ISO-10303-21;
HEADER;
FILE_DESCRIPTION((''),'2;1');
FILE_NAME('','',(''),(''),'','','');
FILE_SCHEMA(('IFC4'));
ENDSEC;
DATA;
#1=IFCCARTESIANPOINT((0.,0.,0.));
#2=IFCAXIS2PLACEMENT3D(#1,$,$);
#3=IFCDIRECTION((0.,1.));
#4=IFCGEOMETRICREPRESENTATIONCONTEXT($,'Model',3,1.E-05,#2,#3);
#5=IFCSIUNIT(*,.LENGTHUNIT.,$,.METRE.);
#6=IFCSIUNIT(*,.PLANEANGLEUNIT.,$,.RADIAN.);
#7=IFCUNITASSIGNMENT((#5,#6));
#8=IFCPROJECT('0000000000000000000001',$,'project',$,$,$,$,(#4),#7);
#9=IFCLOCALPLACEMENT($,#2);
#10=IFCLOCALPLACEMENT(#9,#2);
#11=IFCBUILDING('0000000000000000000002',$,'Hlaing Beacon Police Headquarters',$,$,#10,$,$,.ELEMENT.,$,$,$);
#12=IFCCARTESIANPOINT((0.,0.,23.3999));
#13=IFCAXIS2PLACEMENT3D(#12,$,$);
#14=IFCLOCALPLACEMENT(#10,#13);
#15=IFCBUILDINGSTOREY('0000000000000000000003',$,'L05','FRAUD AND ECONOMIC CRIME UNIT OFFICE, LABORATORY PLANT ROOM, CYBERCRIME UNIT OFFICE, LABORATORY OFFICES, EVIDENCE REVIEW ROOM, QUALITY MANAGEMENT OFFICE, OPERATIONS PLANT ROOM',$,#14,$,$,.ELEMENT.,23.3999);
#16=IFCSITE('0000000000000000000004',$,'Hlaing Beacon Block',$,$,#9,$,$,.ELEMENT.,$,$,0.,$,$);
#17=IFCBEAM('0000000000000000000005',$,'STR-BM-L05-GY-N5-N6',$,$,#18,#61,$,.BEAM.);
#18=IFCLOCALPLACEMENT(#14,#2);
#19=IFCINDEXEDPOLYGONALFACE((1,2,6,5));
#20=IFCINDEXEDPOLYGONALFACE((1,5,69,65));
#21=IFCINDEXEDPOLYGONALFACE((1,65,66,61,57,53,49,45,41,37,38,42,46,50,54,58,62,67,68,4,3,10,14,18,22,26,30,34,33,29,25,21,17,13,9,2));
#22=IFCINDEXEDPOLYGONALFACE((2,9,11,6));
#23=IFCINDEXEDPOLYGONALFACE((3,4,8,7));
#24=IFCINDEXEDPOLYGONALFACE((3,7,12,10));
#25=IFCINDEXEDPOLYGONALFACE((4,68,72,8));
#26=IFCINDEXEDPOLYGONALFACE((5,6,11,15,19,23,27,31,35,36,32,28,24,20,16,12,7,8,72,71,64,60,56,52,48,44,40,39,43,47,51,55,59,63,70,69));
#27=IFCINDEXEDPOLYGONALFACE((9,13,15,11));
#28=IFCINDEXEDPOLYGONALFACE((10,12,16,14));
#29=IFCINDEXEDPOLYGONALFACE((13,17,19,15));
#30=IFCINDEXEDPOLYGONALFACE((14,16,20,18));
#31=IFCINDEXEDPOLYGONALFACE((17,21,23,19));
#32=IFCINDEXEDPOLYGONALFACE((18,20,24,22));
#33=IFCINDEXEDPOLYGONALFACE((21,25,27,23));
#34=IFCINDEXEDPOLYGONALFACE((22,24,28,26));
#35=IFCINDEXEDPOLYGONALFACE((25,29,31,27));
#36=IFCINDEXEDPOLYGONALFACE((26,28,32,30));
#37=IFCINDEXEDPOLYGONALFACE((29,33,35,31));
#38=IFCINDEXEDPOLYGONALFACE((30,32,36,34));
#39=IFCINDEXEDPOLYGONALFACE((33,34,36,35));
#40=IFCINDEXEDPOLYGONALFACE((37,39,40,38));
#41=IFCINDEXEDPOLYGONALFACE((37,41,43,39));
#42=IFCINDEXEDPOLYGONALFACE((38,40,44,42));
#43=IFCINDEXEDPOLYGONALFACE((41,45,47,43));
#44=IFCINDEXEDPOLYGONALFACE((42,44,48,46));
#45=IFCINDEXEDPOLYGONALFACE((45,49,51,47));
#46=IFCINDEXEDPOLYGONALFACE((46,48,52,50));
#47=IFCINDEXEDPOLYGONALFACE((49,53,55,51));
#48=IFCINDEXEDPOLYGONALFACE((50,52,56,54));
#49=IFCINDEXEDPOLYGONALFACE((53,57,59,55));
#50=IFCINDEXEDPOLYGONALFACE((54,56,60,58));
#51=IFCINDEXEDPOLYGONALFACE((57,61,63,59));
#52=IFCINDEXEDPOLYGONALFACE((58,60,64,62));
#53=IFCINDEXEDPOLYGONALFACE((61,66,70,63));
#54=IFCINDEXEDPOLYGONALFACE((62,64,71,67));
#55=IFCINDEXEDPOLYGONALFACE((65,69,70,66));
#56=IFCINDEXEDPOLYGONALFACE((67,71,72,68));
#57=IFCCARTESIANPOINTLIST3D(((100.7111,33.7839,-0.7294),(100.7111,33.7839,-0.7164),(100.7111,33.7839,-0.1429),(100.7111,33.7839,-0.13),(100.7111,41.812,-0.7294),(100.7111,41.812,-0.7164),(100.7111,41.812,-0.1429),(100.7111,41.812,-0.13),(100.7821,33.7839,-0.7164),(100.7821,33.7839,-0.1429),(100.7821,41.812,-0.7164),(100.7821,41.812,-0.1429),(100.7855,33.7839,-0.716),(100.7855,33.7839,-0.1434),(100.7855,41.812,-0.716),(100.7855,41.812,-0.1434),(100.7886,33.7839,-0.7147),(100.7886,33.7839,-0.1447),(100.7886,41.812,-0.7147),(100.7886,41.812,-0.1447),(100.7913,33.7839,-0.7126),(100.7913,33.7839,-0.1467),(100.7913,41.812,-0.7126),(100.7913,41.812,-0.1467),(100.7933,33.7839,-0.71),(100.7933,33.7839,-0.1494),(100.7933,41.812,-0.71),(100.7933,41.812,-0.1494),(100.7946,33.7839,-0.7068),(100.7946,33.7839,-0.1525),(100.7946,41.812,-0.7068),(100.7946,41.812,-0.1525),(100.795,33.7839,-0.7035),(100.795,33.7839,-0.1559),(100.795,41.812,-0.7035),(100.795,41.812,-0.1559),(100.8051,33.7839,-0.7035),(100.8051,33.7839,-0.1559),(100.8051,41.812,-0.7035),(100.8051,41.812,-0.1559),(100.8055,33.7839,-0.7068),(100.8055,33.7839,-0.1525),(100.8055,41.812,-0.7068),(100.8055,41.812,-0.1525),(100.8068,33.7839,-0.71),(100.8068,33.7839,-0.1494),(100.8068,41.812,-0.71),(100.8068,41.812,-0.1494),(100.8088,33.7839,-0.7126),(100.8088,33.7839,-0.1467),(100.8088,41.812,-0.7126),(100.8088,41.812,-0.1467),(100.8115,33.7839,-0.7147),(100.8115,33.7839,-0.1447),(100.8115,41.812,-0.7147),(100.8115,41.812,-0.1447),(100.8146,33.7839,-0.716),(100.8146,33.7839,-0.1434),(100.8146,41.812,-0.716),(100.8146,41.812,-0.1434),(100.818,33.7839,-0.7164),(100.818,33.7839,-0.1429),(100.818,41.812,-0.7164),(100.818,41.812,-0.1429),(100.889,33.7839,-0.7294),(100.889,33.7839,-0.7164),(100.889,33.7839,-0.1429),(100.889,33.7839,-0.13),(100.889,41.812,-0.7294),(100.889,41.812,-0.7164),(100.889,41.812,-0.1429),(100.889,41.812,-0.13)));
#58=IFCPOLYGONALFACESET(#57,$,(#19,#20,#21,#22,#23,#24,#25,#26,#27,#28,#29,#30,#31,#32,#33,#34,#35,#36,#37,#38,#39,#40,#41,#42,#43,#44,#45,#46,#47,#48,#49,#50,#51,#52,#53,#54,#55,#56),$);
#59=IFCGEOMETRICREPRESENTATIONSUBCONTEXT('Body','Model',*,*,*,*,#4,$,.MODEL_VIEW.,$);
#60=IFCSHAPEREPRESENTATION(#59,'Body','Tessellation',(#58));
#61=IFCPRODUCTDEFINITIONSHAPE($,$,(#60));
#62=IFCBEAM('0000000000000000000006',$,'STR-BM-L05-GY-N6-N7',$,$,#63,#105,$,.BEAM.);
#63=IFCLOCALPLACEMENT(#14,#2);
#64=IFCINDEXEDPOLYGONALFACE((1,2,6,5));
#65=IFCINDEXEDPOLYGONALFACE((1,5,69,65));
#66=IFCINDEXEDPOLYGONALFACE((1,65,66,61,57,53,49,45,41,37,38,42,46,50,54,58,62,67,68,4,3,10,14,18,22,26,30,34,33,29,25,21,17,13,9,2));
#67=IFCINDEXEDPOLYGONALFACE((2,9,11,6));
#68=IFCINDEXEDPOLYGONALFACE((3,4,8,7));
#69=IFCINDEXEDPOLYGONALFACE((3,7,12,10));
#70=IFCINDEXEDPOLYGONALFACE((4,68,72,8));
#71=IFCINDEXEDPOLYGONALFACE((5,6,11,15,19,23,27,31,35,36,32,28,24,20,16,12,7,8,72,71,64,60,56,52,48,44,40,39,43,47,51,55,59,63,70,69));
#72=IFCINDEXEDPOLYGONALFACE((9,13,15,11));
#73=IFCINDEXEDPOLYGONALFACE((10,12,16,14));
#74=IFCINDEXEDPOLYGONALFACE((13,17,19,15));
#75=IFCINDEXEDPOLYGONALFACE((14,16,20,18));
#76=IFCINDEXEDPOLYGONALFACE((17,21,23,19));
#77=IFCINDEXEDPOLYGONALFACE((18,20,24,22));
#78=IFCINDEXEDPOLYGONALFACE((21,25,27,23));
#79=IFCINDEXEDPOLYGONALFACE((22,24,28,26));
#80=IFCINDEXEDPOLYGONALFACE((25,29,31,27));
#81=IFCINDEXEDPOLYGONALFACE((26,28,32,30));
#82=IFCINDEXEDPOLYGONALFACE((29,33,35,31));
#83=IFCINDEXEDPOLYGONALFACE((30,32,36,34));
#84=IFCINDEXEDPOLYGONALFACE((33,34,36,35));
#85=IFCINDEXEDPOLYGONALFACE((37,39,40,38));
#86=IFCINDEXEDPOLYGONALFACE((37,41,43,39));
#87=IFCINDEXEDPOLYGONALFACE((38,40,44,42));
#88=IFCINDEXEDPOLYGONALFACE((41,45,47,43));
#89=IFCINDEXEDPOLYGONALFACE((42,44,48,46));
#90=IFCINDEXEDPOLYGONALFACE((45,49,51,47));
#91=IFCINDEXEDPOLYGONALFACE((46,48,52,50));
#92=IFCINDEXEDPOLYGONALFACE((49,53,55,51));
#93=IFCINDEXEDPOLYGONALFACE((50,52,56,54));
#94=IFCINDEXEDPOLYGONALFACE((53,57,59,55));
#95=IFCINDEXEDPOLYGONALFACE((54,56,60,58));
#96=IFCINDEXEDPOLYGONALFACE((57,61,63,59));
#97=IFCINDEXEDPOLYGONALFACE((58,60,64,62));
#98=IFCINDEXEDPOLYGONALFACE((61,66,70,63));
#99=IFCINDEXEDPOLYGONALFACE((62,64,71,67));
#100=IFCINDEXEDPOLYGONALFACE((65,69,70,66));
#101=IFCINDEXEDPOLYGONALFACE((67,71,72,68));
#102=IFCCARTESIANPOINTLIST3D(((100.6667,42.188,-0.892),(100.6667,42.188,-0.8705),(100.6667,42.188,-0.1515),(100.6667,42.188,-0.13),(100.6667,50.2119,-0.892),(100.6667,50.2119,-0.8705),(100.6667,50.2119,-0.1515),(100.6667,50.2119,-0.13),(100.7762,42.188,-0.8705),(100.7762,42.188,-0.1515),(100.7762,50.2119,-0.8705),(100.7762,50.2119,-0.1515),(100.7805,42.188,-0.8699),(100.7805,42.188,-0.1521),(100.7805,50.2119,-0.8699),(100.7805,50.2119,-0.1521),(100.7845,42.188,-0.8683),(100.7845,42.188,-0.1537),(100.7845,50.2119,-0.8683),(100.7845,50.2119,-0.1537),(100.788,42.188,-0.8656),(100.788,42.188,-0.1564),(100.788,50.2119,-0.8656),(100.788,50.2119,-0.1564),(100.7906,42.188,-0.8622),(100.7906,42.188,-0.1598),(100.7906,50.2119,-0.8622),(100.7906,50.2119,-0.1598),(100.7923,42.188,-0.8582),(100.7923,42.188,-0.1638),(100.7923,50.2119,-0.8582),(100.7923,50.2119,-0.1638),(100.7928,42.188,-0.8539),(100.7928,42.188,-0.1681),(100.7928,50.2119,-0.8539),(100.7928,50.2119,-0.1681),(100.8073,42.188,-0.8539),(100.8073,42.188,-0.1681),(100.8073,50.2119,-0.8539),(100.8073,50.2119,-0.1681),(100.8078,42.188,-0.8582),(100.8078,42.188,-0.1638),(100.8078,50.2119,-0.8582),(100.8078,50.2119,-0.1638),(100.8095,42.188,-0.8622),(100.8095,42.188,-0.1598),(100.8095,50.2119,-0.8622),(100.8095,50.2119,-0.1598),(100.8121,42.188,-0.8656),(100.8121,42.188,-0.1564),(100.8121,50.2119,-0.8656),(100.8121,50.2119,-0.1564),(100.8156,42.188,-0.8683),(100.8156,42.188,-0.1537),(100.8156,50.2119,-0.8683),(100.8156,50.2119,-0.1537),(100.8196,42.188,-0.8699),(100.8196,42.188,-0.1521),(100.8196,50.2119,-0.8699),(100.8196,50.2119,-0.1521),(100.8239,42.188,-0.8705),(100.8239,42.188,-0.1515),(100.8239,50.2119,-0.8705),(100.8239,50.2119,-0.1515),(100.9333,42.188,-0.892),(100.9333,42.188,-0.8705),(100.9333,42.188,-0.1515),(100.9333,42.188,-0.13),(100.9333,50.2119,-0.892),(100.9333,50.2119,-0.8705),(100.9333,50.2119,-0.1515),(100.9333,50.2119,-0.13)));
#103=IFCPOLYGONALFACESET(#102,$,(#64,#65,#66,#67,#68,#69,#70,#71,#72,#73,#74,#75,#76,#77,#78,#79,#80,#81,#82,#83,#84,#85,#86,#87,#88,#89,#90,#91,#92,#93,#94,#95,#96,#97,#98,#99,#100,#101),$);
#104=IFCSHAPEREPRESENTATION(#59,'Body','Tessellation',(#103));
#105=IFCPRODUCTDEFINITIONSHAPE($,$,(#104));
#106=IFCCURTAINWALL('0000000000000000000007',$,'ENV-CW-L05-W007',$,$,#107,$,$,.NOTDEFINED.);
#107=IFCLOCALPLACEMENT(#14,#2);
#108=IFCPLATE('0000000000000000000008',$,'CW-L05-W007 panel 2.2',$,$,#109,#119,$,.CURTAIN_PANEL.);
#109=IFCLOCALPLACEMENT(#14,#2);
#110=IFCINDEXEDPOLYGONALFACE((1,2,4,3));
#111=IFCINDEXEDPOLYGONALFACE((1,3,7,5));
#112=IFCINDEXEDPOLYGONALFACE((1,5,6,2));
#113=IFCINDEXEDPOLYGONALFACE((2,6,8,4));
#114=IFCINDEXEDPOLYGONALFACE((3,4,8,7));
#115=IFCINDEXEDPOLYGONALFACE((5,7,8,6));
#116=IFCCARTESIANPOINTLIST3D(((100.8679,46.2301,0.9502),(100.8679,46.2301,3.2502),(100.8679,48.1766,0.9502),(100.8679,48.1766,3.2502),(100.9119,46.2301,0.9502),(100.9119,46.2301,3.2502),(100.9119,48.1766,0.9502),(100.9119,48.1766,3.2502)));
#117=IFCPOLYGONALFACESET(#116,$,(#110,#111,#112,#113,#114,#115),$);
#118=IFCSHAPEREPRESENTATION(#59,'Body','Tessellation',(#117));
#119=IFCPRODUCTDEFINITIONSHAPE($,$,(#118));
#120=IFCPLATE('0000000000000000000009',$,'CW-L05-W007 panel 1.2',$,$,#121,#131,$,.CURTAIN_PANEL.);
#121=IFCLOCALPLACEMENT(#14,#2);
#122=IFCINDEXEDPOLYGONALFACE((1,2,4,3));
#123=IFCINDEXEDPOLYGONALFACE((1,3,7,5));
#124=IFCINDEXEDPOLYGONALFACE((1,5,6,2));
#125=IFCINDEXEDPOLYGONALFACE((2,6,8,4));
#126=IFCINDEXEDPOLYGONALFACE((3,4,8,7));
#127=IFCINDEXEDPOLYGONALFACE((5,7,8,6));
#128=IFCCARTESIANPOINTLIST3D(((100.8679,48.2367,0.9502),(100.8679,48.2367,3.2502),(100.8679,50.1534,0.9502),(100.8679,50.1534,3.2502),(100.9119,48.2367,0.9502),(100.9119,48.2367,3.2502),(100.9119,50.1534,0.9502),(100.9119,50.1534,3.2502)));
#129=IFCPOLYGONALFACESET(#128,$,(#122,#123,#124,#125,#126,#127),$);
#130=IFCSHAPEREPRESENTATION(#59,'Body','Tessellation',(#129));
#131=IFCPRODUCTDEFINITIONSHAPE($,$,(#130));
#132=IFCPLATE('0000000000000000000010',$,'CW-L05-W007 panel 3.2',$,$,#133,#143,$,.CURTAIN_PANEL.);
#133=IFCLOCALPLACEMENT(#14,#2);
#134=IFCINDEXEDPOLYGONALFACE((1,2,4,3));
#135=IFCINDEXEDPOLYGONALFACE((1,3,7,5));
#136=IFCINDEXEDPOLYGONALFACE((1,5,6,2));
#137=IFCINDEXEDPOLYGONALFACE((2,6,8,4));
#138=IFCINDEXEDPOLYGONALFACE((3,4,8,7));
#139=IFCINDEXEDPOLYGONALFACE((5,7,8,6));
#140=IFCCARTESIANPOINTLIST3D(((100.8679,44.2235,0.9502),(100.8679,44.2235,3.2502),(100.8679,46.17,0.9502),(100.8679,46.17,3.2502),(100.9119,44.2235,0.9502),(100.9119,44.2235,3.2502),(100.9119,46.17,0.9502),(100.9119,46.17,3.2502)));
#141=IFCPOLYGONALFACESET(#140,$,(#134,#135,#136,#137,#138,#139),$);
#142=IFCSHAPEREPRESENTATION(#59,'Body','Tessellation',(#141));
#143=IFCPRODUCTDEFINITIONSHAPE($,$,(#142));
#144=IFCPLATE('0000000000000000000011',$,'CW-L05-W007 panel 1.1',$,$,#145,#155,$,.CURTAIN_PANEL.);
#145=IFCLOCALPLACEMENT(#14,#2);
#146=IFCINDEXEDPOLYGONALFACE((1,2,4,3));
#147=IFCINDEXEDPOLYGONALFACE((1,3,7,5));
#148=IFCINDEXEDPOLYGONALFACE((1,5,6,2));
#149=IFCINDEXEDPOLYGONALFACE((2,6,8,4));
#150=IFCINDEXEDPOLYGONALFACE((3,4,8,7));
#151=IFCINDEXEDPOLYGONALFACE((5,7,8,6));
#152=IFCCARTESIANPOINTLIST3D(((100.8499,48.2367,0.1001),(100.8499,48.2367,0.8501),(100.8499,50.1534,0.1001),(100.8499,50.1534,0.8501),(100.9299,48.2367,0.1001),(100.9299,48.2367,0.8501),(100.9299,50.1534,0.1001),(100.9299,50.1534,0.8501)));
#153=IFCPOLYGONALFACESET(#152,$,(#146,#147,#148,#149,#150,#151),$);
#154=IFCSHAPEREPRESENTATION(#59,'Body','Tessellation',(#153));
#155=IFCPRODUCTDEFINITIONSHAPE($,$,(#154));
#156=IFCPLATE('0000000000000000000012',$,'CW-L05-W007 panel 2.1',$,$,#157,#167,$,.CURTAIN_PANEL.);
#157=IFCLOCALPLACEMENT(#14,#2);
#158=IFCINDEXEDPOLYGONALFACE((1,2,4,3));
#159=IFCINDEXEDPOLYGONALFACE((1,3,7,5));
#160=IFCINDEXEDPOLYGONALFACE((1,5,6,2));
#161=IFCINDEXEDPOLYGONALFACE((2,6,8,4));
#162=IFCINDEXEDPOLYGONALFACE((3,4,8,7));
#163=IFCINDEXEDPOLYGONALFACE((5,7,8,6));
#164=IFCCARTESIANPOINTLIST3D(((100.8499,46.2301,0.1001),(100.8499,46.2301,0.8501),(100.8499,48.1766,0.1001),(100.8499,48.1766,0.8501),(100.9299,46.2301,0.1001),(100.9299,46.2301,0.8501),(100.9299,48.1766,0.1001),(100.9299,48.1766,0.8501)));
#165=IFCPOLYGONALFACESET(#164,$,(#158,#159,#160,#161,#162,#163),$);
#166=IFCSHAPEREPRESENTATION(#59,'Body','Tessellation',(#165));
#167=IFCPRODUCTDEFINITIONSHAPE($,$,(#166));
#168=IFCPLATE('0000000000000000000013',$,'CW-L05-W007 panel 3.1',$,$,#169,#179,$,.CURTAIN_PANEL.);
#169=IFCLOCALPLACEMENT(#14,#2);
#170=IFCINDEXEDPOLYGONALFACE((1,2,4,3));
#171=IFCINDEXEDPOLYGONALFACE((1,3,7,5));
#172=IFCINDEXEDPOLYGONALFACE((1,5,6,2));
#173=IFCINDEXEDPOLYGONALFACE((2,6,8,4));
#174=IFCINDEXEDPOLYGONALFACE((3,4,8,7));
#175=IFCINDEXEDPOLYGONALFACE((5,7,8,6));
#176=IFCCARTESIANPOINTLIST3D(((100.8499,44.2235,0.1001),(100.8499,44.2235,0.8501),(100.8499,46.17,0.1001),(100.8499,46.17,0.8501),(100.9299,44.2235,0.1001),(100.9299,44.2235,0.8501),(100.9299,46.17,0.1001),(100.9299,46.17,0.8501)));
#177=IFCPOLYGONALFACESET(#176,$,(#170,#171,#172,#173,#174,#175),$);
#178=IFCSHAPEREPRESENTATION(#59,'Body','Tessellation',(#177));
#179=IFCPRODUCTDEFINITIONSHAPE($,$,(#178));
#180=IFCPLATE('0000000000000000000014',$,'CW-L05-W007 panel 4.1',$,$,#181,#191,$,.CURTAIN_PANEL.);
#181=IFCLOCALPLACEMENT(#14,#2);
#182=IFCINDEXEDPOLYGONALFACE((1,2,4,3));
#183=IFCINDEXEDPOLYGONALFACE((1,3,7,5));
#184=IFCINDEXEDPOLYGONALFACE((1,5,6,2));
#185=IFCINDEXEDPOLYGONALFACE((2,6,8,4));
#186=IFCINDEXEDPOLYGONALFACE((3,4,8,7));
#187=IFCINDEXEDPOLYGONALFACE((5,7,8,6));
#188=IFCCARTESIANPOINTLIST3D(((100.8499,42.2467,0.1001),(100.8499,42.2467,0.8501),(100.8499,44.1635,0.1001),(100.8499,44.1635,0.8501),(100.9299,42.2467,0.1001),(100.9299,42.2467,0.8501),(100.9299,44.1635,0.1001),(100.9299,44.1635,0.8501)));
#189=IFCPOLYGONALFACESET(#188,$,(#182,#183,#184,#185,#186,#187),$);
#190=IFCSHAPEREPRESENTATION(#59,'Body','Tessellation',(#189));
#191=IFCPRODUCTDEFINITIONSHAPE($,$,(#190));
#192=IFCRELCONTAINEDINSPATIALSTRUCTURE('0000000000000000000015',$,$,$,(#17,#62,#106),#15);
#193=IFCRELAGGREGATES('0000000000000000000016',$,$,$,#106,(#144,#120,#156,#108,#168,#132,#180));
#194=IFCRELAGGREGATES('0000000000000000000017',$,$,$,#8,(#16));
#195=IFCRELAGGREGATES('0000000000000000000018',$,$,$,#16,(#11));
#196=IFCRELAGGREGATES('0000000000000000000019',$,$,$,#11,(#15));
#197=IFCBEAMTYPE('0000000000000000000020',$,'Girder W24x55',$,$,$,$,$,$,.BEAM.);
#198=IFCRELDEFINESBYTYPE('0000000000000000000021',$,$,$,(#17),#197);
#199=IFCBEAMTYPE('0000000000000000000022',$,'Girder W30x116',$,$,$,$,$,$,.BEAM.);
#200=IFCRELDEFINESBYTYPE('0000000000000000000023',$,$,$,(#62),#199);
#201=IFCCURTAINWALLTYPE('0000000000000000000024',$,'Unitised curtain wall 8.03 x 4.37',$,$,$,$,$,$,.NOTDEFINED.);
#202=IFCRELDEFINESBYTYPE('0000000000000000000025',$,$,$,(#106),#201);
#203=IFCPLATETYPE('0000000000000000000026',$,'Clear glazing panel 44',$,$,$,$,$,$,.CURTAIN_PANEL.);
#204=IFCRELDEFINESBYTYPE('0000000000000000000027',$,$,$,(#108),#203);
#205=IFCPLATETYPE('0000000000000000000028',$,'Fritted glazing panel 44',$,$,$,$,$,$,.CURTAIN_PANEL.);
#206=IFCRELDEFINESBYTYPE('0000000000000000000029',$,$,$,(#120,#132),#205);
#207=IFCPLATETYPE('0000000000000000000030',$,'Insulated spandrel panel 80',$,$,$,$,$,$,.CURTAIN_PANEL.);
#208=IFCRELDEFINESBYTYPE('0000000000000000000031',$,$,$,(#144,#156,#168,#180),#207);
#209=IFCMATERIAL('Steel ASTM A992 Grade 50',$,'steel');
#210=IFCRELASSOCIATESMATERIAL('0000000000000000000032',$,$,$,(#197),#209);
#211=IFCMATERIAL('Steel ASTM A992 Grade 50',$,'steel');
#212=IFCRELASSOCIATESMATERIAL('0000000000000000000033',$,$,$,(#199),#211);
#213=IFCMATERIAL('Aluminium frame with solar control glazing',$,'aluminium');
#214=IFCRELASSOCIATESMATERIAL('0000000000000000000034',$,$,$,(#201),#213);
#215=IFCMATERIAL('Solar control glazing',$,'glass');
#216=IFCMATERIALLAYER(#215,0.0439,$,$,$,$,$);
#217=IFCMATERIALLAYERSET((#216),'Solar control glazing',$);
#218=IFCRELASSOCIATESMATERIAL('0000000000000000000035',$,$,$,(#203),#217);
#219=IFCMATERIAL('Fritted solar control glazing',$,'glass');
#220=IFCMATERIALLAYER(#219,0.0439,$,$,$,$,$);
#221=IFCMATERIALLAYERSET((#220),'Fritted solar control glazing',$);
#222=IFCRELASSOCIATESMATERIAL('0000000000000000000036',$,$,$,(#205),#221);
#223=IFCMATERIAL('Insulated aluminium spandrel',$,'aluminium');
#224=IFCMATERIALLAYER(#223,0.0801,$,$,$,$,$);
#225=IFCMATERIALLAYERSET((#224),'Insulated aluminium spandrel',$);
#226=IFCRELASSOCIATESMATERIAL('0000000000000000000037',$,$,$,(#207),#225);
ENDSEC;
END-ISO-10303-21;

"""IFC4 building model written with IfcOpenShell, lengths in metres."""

from ifc_helpers import new_model, si_unit, direction, frame, origin, origin_2d, place, context, subcontext, project, spatial, rectangle, i_section, extrude, material, layer, layer_set, material_profile, profile_set, type_object, element, aggregate, save


model = new_model("IFC4")

# Units and contexts
model_context = context("Model", 3, precision=1e-05, world=origin(), true_north=direction((0.0, 1.0)))
body_context = subcontext(model_context, "Body", "Model", "MODEL_VIEW")
ifc_project = project(units=[si_unit("LENGTHUNIT", "METRE"), si_unit("PLANEANGLEUNIT", "RADIAN")], contexts=[model_context])

# Site, building, storey
site_placement = place(None, origin())
site = spatial("IfcSite", under=ifc_project, at=site_placement, Name="Hlaing Beacon Block", CompositionType="ELEMENT", RefElevation=0.0)
building_placement = place(site_placement, origin())
building = spatial("IfcBuilding", under=site, at=building_placement, Name="Hlaing Beacon Police Headquarters", CompositionType="ELEMENT")
storey_placement = place(building_placement, frame((0.0, 0.0, 23.3999)))
storey = spatial("IfcBuildingStorey", under=building, at=storey_placement, Name="L05", Description="FRAUD AND ECONOMIC CRIME UNIT OFFICE, LABORATORY PLANT ROOM, CYBERCRIME UNIT OFFICE, LABORATORY OFFICES, EVIDENCE REVIEW ROOM, QUALITY MANAGEMENT OFFICE, OPERATIONS PLANT ROOM", CompositionType="ELEMENT", Elevation=23.3999)

# Beams
ifc_material_1 = material(Name="Steel ASTM A992 Grade 50", Category="steel")
ifc_material_profile_1 = material_profile(ifc_material_1, i_section(OverallWidth=0.178, OverallDepth=0.5994, WebThickness=0.01, FlangeThickness=0.0129, FilletRadius=0.0129, at=origin_2d()), Name="W24x55")
ifc_profile_set_1 = profile_set([ifc_material_profile_1], Name="Steel ASTM A992 Grade 50")
beam_type_1 = type_object("IfcBeamType", Name="Girder W24x55", PredefinedType="BEAM", material=ifc_profile_set_1)
beam_1_placement = place(storey_placement, frame((100.8, 33.7839, -0.4297), z_axis=(0.0, 1.0, 0.0), x_axis=(-1.0, 0.0, 0.0)))
element("IfcBeam", 1, at=beam_1_placement, inside=storey, type_object=beam_type_1, Name="STR-BM-L05-GY-N5-N6", PredefinedType="BEAM", context=body_context, shape_type="SweptSolid", body=[
    extrude(i_section(OverallWidth=0.178, OverallDepth=0.5994, WebThickness=0.01, FlangeThickness=0.0129, FilletRadius=0.0129, at=origin_2d()), origin(), (0.0, 0.0, 1.0), 8.0281),
])
ifc_material_2 = material(Name="Steel ASTM A992 Grade 50", Category="steel")
ifc_material_profile_2 = material_profile(ifc_material_2, i_section(OverallWidth=0.2666, OverallDepth=0.762, WebThickness=0.0144, FlangeThickness=0.0215, FilletRadius=0.0166, at=origin_2d()), Name="W30x116")
ifc_profile_set_2 = profile_set([ifc_material_profile_2], Name="Steel ASTM A992 Grade 50")
beam_type_2 = type_object("IfcBeamType", Name="Girder W30x116", PredefinedType="BEAM", material=ifc_profile_set_2)
beam_2_placement = place(storey_placement, frame((100.8, 42.188, -0.511), z_axis=(0.0, 1.0, 0.0), x_axis=(-1.0, 0.0, 0.0)))
element("IfcBeam", 2, at=beam_2_placement, inside=storey, type_object=beam_type_2, Name="STR-BM-L05-GY-N6-N7", PredefinedType="BEAM", context=body_context, shape_type="SweptSolid", body=[
    extrude(i_section(OverallWidth=0.2666, OverallDepth=0.762, WebThickness=0.0144, FlangeThickness=0.0215, FilletRadius=0.0166, at=origin_2d()), origin(), (0.0, 0.0, 1.0), 8.0239),
])

# Curtain wall, plates
ifc_material_3 = material(Name="Aluminium frame with solar control glazing", Category="aluminium")
curtain_wall_type = type_object("IfcCurtainWallType", Name="Unitised curtain wall 8.03 x 4.37", PredefinedType="NOTDEFINED", material=ifc_material_3)
curtain_wall_placement = place(storey_placement, origin())
curtain_wall = element("IfcCurtainWall", 3, at=curtain_wall_placement, inside=storey, type_object=curtain_wall_type, Name="ENV-CW-L05-W007", PredefinedType="NOTDEFINED")
ifc_material_4 = material(Name="Solar control glazing", Category="glass")
ifc_layer_1 = layer(ifc_material_4, 0.0439)
ifc_layer_set_1 = layer_set([ifc_layer_1], Name="Solar control glazing")
plate_type_1 = type_object("IfcPlateType", Name="Clear glazing panel 44", PredefinedType="CURTAIN_PANEL", material=ifc_layer_set_1)
plate_1_placement = place(storey_placement, frame((100.8899, 47.2034, 0.9502), z_axis=(0.0, 0.0, 1.0), x_axis=(0.0, -1.0, 0.0)))
plate_1 = element("IfcPlate", 4, at=plate_1_placement, type_object=plate_type_1, Name="CW-L05-W007 panel 2.2", PredefinedType="CURTAIN_PANEL", context=body_context, shape_type="SweptSolid", body=[
    extrude(rectangle(XDim=1.9465, YDim=0.0439, at=origin_2d()), origin(), (0.0, 0.0, 1.0), 2.3),
])
ifc_material_5 = material(Name="Fritted solar control glazing", Category="glass")
ifc_layer_2 = layer(ifc_material_5, 0.0439)
ifc_layer_set_2 = layer_set([ifc_layer_2], Name="Fritted solar control glazing")
plate_type_2 = type_object("IfcPlateType", Name="Fritted glazing panel 44", PredefinedType="CURTAIN_PANEL", material=ifc_layer_set_2)
plate_2_placement = place(storey_placement, frame((100.8899, 49.1951, 0.9502), z_axis=(0.0, 0.0, 1.0), x_axis=(0.0, -1.0, 0.0)))
plate_2 = element("IfcPlate", 5, at=plate_2_placement, type_object=plate_type_2, Name="CW-L05-W007 panel 1.2", PredefinedType="CURTAIN_PANEL", context=body_context, shape_type="SweptSolid", body=[
    extrude(rectangle(XDim=1.9167, YDim=0.0439, at=origin_2d()), origin(), (0.0, 0.0, 1.0), 2.3),
])
plate_3_placement = place(storey_placement, frame((100.8899, 45.1968, 0.9502), z_axis=(0.0, 0.0, 1.0), x_axis=(0.0, -1.0, 0.0)))
plate_3 = element("IfcPlate", 6, at=plate_3_placement, type_object=plate_type_2, Name="CW-L05-W007 panel 3.2", PredefinedType="CURTAIN_PANEL", context=body_context, shape_type="SweptSolid", body=[
    extrude(rectangle(XDim=1.9465, YDim=0.0439, at=origin_2d()), origin(), (0.0, 0.0, 1.0), 2.3),
])
ifc_material_6 = material(Name="Insulated aluminium spandrel", Category="aluminium")
ifc_layer_3 = layer(ifc_material_6, 0.0801)
ifc_layer_set_3 = layer_set([ifc_layer_3], Name="Insulated aluminium spandrel")
plate_type_3 = type_object("IfcPlateType", Name="Insulated spandrel panel 80", PredefinedType="CURTAIN_PANEL", material=ifc_layer_set_3)
plate_4_placement = place(storey_placement, frame((100.8899, 49.1951, 0.1001), z_axis=(0.0, 0.0, 1.0), x_axis=(0.0, -1.0, 0.0)))
plate_4 = element("IfcPlate", 7, at=plate_4_placement, type_object=plate_type_3, Name="CW-L05-W007 panel 1.1", PredefinedType="CURTAIN_PANEL", context=body_context, shape_type="SweptSolid", body=[
    extrude(rectangle(XDim=1.9167, YDim=0.0801, at=origin_2d()), origin(), (0.0, 0.0, 1.0), 0.75),
])
plate_5_placement = place(storey_placement, frame((100.8899, 47.2034, 0.1001), z_axis=(0.0, 0.0, 1.0), x_axis=(0.0, -1.0, 0.0)))
plate_5 = element("IfcPlate", 8, at=plate_5_placement, type_object=plate_type_3, Name="CW-L05-W007 panel 2.1", PredefinedType="CURTAIN_PANEL", context=body_context, shape_type="SweptSolid", body=[
    extrude(rectangle(XDim=1.9465, YDim=0.0801, at=origin_2d()), origin(), (0.0, 0.0, 1.0), 0.75),
])
plate_6_placement = place(storey_placement, frame((100.8899, 45.1968, 0.1001), z_axis=(0.0, 0.0, 1.0), x_axis=(0.0, -1.0, 0.0)))
plate_6 = element("IfcPlate", 9, at=plate_6_placement, type_object=plate_type_3, Name="CW-L05-W007 panel 3.1", PredefinedType="CURTAIN_PANEL", context=body_context, shape_type="SweptSolid", body=[
    extrude(rectangle(XDim=1.9465, YDim=0.0801, at=origin_2d()), origin(), (0.0, 0.0, 1.0), 0.75),
])
plate_7_placement = place(storey_placement, frame((100.8899, 43.2051, 0.1001), z_axis=(0.0, 0.0, 1.0), x_axis=(0.0, -1.0, 0.0)))
plate_7 = element("IfcPlate", 10, at=plate_7_placement, type_object=plate_type_3, Name="CW-L05-W007 panel 4.1", PredefinedType="CURTAIN_PANEL", context=body_context, shape_type="SweptSolid", body=[
    extrude(rectangle(XDim=1.9167, YDim=0.0801, at=origin_2d()), origin(), (0.0, 0.0, 1.0), 0.75),
])
aggregate(curtain_wall, [plate_4, plate_2, plate_5, plate_1, plate_6, plate_3, plate_7])

save(model, "model.ifc")
